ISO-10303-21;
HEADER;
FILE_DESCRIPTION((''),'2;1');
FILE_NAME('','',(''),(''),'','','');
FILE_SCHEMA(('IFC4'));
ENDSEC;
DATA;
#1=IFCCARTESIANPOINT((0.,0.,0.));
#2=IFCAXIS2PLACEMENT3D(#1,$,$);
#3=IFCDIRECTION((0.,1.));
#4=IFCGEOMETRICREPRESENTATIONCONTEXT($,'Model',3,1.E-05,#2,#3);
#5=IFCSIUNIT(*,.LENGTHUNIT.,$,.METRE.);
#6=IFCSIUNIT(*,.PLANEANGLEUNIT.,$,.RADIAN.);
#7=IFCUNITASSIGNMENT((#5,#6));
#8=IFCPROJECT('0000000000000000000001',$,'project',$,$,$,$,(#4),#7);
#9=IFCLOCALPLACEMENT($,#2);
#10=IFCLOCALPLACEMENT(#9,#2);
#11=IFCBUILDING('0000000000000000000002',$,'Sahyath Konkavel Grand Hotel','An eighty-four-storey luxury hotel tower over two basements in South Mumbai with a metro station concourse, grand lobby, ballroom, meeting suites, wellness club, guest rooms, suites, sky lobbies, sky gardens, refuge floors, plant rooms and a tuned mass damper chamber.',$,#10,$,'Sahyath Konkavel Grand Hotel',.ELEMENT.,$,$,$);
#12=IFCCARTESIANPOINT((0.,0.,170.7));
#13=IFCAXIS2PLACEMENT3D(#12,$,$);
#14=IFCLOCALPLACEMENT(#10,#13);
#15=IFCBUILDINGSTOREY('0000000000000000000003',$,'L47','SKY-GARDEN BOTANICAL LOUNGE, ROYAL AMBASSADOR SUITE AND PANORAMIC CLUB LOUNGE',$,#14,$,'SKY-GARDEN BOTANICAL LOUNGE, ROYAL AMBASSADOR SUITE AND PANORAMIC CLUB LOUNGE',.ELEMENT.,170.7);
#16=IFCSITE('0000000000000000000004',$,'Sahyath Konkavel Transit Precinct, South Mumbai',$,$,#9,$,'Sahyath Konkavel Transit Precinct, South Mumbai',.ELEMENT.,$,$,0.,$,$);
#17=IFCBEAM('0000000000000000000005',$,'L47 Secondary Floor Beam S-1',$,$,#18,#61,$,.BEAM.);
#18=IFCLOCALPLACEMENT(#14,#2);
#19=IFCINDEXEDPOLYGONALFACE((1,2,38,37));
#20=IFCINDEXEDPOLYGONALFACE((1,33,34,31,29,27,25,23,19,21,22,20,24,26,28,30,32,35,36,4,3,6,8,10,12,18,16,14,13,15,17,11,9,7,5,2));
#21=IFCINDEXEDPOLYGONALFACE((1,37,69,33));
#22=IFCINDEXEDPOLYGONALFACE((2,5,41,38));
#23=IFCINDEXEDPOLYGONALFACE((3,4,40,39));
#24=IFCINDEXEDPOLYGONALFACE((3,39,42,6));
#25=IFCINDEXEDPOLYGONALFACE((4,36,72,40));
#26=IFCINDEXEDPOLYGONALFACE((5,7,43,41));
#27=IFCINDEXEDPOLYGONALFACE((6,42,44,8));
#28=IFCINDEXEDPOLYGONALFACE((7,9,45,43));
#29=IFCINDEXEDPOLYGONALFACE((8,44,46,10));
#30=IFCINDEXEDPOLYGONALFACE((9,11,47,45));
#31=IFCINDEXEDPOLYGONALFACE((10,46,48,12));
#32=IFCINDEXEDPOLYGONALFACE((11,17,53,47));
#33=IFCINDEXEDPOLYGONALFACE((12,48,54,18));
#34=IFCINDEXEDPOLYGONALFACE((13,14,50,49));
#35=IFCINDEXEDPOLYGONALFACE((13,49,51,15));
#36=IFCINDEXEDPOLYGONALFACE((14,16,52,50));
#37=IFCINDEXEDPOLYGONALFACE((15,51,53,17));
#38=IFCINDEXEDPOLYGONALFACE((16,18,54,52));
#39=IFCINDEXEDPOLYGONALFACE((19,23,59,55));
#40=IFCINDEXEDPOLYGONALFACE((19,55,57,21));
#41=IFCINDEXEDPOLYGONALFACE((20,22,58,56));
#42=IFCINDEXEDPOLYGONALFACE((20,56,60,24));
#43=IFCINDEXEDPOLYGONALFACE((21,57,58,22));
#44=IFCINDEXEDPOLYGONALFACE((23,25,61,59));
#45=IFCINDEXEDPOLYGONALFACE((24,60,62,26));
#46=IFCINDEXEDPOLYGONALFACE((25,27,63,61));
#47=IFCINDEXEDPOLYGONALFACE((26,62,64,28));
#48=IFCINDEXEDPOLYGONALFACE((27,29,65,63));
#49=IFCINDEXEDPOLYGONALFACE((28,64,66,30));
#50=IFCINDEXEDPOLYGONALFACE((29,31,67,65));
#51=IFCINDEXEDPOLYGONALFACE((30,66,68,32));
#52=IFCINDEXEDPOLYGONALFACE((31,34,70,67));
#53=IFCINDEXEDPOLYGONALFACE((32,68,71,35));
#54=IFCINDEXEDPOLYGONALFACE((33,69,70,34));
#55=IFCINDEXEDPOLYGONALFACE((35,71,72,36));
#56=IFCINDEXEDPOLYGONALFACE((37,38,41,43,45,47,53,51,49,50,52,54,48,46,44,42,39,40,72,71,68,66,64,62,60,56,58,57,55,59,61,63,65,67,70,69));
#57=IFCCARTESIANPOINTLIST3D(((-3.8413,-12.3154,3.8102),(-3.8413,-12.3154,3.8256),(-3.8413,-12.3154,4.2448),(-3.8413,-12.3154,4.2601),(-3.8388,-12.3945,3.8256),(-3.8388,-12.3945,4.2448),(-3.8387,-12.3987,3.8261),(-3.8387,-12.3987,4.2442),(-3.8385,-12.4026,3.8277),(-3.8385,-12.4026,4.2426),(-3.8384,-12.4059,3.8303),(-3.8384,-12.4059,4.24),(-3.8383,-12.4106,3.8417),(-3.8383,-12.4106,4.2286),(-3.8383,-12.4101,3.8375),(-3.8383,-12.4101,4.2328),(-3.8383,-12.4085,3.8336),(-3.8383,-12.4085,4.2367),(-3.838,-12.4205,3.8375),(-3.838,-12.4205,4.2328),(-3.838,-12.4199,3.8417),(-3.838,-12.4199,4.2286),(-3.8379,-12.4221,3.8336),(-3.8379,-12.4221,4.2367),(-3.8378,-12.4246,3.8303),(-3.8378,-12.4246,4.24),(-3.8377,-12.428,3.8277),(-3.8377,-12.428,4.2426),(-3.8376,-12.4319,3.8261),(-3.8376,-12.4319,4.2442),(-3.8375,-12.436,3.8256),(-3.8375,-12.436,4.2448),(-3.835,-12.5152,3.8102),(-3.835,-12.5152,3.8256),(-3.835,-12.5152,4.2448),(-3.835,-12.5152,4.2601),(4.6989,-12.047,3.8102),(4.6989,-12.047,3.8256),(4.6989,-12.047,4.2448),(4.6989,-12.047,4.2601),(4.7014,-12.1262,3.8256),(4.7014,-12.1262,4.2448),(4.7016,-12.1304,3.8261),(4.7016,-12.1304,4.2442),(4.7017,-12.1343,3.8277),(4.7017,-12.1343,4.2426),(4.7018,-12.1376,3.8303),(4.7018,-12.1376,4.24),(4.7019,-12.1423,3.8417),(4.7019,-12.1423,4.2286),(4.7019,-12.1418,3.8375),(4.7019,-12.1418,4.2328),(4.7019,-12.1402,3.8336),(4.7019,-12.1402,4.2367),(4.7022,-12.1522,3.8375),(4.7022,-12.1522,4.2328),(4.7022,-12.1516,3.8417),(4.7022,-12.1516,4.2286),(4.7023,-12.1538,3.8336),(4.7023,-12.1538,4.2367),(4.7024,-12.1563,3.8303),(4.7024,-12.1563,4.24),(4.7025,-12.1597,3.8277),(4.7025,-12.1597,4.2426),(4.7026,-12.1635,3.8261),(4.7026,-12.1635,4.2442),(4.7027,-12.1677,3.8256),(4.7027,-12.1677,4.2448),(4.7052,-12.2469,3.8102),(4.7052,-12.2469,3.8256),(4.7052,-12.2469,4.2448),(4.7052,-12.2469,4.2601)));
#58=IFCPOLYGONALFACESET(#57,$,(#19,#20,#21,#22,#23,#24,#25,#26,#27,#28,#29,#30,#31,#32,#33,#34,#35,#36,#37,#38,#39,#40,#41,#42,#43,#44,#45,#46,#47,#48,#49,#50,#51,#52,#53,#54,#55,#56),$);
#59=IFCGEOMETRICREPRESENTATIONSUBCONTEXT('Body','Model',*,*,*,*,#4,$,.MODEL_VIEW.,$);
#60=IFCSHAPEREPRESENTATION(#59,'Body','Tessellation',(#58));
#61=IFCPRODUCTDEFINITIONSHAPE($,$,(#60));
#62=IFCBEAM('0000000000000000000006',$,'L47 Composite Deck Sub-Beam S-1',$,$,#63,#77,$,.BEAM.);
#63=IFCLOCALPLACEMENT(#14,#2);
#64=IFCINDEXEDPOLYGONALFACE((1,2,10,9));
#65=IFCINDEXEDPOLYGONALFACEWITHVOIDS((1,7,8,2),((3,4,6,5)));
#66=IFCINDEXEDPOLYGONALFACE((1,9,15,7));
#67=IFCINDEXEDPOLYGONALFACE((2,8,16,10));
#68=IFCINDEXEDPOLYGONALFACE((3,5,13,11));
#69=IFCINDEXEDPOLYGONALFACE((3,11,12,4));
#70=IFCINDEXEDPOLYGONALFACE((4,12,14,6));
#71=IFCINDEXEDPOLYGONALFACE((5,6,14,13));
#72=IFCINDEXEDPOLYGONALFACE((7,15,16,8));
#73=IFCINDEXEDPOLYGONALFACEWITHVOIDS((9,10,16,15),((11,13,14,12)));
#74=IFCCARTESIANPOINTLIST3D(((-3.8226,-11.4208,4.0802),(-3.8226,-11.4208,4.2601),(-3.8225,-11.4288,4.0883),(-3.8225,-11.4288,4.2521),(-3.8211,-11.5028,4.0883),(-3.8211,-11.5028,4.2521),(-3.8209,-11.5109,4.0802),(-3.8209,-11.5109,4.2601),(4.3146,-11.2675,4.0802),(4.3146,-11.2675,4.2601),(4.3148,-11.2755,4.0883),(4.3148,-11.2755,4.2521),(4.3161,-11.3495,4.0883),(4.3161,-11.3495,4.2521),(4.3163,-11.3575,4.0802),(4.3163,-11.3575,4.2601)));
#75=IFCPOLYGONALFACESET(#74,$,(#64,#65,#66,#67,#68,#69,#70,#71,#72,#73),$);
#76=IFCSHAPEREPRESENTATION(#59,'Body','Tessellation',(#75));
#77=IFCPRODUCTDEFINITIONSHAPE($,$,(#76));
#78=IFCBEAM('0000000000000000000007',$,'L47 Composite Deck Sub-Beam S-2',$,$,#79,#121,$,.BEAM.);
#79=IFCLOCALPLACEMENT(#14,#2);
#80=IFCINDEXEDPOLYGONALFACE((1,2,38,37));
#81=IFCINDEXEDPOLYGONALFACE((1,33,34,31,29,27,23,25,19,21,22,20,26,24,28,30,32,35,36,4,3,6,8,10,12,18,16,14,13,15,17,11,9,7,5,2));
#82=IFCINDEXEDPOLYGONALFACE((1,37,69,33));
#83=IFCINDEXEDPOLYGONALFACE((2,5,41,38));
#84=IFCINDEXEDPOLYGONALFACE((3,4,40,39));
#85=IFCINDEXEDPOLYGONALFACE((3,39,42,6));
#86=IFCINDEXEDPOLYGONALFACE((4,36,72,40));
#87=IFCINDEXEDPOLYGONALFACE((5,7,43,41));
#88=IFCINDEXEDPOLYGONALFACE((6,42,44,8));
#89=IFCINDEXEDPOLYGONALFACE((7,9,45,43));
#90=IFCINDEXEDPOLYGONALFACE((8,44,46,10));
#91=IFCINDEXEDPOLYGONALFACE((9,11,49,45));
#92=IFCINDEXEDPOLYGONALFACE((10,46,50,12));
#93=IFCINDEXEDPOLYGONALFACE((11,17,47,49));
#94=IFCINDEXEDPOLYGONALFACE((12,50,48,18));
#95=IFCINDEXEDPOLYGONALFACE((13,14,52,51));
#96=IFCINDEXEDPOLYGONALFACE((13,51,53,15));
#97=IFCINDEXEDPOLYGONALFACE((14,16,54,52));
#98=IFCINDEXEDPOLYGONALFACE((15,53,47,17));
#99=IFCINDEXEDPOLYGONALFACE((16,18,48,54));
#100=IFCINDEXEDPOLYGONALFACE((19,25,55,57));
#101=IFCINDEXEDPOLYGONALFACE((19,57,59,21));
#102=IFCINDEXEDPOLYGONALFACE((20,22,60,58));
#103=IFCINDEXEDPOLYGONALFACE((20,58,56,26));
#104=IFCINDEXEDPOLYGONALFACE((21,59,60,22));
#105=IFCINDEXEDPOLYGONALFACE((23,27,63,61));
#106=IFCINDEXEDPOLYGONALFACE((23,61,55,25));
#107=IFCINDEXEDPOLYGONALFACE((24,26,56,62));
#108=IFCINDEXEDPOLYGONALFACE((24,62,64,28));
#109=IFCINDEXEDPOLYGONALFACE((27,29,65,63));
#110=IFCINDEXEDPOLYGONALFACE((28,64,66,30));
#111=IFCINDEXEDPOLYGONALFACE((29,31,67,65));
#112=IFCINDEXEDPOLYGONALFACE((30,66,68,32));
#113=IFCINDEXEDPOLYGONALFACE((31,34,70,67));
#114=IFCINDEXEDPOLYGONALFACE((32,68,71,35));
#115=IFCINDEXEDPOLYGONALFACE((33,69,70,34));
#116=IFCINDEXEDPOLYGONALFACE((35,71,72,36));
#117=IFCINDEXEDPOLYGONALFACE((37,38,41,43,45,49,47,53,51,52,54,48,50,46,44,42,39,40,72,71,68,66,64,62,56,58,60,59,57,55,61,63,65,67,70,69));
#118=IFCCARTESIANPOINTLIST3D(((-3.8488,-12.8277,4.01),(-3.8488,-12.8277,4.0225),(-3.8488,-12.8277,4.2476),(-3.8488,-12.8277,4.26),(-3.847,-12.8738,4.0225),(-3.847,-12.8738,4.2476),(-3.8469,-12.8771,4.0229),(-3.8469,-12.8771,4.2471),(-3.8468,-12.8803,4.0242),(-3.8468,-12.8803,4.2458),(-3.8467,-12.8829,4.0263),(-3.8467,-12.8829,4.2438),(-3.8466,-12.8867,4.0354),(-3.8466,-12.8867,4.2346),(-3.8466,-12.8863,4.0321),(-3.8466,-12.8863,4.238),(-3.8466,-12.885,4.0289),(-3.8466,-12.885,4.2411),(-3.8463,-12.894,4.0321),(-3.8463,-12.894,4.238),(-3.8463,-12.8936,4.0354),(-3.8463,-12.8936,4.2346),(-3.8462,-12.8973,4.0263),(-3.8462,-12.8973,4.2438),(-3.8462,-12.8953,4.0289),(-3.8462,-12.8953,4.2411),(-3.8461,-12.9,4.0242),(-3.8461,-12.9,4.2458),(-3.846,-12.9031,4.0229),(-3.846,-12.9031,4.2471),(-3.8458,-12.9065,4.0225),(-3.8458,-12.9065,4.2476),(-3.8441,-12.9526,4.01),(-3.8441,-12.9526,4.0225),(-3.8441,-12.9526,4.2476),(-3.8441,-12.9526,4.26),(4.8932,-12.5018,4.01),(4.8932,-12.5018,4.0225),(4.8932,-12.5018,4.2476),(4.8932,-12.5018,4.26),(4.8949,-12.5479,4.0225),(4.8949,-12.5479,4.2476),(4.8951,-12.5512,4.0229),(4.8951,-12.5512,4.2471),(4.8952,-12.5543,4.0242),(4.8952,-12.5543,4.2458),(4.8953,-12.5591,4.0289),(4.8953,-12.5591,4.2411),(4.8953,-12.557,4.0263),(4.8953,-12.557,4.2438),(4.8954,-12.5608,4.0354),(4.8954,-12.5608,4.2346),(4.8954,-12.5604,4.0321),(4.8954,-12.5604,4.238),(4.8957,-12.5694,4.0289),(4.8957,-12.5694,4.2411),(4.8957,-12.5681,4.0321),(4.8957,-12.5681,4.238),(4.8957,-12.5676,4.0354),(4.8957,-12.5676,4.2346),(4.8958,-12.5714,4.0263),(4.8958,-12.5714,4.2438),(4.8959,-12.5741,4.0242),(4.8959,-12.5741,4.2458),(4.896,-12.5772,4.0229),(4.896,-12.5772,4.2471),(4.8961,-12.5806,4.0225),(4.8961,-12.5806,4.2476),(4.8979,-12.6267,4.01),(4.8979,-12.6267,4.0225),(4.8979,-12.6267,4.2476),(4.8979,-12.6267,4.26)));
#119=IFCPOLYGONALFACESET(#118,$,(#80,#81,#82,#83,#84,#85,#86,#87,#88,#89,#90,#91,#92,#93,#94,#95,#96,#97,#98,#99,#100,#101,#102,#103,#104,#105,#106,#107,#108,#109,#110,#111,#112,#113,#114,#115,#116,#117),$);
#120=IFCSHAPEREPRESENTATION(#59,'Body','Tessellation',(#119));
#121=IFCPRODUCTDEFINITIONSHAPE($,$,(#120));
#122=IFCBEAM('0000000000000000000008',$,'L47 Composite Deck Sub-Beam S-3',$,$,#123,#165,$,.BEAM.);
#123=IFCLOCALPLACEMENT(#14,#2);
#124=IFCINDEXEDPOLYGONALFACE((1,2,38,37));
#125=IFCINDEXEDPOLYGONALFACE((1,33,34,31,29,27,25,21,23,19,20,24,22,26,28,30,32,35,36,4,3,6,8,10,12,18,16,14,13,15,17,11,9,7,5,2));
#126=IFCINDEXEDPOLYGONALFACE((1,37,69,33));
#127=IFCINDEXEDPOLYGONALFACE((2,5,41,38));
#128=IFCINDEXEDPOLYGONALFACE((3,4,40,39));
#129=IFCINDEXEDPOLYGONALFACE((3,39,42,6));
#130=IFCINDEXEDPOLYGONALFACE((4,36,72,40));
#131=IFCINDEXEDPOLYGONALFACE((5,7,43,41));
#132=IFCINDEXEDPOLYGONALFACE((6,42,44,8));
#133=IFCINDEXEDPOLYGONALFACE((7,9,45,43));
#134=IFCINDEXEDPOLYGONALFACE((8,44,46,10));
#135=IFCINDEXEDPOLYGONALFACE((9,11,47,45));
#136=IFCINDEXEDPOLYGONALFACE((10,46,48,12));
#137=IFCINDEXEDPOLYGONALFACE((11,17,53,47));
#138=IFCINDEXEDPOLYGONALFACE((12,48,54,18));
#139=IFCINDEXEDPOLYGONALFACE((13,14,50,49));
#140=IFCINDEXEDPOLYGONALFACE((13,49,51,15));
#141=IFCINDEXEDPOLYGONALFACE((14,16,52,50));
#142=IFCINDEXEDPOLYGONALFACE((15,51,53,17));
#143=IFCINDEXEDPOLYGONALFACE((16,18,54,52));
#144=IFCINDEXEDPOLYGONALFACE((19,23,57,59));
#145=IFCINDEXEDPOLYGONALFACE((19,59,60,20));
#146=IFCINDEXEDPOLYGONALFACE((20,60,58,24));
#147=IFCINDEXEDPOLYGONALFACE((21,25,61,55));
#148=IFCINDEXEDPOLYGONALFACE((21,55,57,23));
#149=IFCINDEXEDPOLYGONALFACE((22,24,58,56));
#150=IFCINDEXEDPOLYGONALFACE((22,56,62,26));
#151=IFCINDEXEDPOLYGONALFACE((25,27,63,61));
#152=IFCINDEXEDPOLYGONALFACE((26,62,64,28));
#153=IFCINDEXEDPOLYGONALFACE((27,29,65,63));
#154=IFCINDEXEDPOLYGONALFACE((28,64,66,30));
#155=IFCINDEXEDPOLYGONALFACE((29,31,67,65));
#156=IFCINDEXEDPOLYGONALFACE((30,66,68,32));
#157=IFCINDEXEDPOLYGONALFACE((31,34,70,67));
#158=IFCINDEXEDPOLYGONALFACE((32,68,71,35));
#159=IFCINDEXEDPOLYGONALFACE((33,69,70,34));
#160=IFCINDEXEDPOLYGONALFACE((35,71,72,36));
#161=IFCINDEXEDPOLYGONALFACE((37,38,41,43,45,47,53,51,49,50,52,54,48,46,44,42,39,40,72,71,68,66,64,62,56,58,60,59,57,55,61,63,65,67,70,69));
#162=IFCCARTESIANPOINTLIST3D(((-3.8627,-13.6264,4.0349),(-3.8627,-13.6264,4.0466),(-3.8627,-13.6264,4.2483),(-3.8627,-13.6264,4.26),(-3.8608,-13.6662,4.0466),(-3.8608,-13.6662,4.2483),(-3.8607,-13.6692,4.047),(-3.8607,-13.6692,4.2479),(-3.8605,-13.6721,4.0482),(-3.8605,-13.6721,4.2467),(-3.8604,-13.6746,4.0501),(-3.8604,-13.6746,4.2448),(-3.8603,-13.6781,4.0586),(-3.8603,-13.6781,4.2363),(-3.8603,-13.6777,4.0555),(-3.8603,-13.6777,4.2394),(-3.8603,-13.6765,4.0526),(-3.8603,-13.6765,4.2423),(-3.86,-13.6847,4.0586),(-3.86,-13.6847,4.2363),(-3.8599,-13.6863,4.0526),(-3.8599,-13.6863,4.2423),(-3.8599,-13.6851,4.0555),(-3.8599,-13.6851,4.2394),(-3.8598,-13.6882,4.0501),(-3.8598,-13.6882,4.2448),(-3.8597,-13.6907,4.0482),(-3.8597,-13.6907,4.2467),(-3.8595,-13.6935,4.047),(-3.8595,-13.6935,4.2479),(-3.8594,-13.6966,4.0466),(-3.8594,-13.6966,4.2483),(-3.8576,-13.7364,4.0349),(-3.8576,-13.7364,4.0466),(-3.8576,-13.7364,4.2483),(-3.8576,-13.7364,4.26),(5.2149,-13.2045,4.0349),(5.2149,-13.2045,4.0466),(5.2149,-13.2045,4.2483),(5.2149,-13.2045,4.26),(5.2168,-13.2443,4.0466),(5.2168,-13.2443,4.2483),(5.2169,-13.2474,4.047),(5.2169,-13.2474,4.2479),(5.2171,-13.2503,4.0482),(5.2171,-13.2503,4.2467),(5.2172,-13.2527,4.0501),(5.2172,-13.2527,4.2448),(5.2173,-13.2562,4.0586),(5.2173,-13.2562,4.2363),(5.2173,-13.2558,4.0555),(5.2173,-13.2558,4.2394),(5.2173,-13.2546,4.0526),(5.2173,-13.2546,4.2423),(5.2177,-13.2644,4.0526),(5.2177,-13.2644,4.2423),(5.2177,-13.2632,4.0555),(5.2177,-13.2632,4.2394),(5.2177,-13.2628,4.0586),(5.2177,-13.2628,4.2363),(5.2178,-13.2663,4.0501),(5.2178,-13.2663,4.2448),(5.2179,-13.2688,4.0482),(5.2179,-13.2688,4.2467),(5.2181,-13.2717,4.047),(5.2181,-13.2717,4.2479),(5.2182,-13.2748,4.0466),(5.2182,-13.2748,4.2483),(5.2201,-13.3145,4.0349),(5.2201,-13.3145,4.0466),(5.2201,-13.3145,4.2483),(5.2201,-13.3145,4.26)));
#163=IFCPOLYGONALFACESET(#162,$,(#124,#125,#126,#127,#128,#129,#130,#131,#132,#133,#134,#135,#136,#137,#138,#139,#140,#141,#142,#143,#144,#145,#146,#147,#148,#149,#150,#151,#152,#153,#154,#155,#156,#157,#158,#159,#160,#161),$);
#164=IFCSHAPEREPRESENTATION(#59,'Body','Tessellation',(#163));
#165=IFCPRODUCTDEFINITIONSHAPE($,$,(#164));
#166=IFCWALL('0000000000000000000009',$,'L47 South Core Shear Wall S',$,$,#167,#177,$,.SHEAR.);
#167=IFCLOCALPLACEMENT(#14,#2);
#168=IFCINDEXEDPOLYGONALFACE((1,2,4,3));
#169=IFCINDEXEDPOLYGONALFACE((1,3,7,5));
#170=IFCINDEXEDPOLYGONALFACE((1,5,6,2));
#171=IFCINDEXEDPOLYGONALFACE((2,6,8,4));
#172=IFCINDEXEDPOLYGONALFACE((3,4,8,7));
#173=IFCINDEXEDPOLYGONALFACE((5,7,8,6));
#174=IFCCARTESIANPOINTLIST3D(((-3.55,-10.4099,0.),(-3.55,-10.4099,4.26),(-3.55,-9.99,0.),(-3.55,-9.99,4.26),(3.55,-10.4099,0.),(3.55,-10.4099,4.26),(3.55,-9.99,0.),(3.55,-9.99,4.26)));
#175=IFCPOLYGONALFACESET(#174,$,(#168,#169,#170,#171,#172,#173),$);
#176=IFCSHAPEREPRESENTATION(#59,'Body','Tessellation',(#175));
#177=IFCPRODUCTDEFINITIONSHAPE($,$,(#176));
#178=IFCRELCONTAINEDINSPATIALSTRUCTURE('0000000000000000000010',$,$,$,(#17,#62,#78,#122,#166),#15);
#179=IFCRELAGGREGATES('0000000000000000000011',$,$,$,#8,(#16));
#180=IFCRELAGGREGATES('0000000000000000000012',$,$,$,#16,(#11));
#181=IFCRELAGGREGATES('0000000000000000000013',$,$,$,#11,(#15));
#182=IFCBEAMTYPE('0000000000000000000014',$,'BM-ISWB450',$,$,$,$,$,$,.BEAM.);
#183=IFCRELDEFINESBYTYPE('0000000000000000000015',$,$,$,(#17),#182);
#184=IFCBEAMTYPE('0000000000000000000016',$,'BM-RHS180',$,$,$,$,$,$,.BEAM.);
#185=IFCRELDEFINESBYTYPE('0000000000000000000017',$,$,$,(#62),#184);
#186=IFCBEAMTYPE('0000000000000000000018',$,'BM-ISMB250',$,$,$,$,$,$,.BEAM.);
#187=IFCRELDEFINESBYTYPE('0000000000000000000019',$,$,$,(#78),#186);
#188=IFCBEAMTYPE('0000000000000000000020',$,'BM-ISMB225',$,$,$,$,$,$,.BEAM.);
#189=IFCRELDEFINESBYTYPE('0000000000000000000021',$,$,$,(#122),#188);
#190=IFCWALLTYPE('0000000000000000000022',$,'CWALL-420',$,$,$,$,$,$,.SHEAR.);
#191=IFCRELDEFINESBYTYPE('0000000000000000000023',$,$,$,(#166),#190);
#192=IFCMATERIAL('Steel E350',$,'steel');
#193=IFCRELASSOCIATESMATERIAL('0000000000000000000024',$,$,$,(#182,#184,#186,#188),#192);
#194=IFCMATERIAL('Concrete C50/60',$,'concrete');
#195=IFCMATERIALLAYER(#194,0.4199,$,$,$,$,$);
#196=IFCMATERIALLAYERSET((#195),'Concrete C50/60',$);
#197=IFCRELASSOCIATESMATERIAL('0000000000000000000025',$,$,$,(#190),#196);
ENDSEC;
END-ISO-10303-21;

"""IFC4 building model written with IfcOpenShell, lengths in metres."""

from ifc_helpers import new_model, si_unit, direction, frame, frame_2d, origin, origin_2d, place, context, subcontext, project, spatial, rectangle, hollow_rectangle, i_section, extrude, source, transform, mapped, material, layer, layer_set, material_profile, profile_set, type_object, element, save


model = new_model("IFC4")

# Units and contexts
model_context = context("Model", 3, precision=1e-05, world=origin(), true_north=direction((0.0, 1.0)))
body_context = subcontext(model_context, "Body", "Model", "MODEL_VIEW")
ifc_project = project(units=[si_unit("LENGTHUNIT", "METRE"), si_unit("PLANEANGLEUNIT", "RADIAN")], contexts=[model_context])

# Site, building, storey
site_placement = place(None, origin())
site = spatial("IfcSite", under=ifc_project, at=site_placement, Name="Sahyath Konkavel Transit Precinct, South Mumbai", LongName="Sahyath Konkavel Transit Precinct, South Mumbai", CompositionType="ELEMENT", RefElevation=0.0)
building_placement = place(site_placement, origin())
building = spatial("IfcBuilding", under=site, at=building_placement, Name="Sahyath Konkavel Grand Hotel", Description="An eighty-four-storey luxury hotel tower over two basements in South Mumbai with a metro station concourse, grand lobby, ballroom, meeting suites, wellness club, guest rooms, suites, sky lobbies, sky gardens, refuge floors, plant rooms and a tuned mass damper chamber.", LongName="Sahyath Konkavel Grand Hotel", CompositionType="ELEMENT")
storey_placement = place(building_placement, frame((0.0, 0.0, 170.7)))
storey = spatial("IfcBuildingStorey", under=building, at=storey_placement, Name="L47", Description="SKY-GARDEN BOTANICAL LOUNGE, ROYAL AMBASSADOR SUITE AND PANORAMIC CLUB LOUNGE", LongName="SKY-GARDEN BOTANICAL LOUNGE, ROYAL AMBASSADOR SUITE AND PANORAMIC CLUB LOUNGE", CompositionType="ELEMENT", Elevation=170.7)

# Shared definitions
ifc_material_1 = material(Name="Concrete C50/60", Category="concrete")

# Beams
ifc_material_2 = material(Name="Steel E350", Category="steel")
ifc_material_profile_1 = material_profile(ifc_material_2, i_section(OverallWidth=0.2, OverallDepth=0.45, WebThickness=0.0093, FlangeThickness=0.0154, FilletRadius=0.0161, at=origin_2d()), Name="ISWB 450")
ifc_profile_set_1 = profile_set([ifc_material_profile_1], Name="Steel E350")
beam_type_1 = type_object("IfcBeamType", Name="BM-ISWB450", PredefinedType="BEAM", material=ifc_profile_set_1)
shared_shape_1 = source(origin(), body_context, "Body", "SweptSolid", [
    extrude(i_section(OverallWidth=0.2, OverallDepth=0.45, WebThickness=0.0093, FlangeThickness=0.0154, FilletRadius=0.0161, at=origin_2d()), origin(), (0.0, 0.0, 1.0), 8.5444),
])
beam_1_placement = place(storey_placement, frame((-3.8381, -12.4153, 4.0352), z_axis=(0.999507, 0.031402, 0.0), x_axis=(-0.031402, 0.999507, 0.0)))
element("IfcBeam", 1, at=beam_1_placement, inside=storey, type_object=beam_type_1, Name="L47 Secondary Floor Beam S-1", PredefinedType="BEAM", context=body_context, shape_type="MappedRepresentation", body=[
    mapped(shared_shape_1, transform((0.0, 0.0, 0.0), scale=1.0)),
])
ifc_material_profile_2 = material_profile(ifc_material_2, hollow_rectangle(XDim=0.0901, YDim=0.1799, WallThickness=0.0081, at=origin_2d()), Name="RHS 180x90x8")
ifc_profile_set_2 = profile_set([ifc_material_profile_2], Name="Steel E350")
beam_type_2 = type_object("IfcBeamType", Name="BM-RHS180", PredefinedType="BEAM", material=ifc_profile_set_2)
shared_shape_2 = source(origin(), body_context, "Body", "SweptSolid", [
    extrude(hollow_rectangle(XDim=0.0901, YDim=0.1799, WallThickness=0.0081, at=origin_2d()), origin(), (0.0, 0.0, 1.0), 8.1387),
])
beam_2_placement = place(storey_placement, frame((-3.8218, -11.4658, 4.1702), z_axis=(0.999823, 0.018839, 0.0), x_axis=(-0.018839, 0.999823, 0.0)))
element("IfcBeam", 2, at=beam_2_placement, inside=storey, type_object=beam_type_2, Name="L47 Composite Deck Sub-Beam S-1", PredefinedType="BEAM", context=body_context, shape_type="MappedRepresentation", body=[
    mapped(shared_shape_2, transform((0.0, 0.0, 0.0), scale=1.0)),
])
ifc_material_profile_3 = material_profile(ifc_material_2, i_section(OverallWidth=0.125, OverallDepth=0.25, WebThickness=0.0068, FlangeThickness=0.0125, FilletRadius=0.0129, at=origin_2d()), Name="ISMB 250")
ifc_profile_set_3 = profile_set([ifc_material_profile_3], Name="Steel E350")
beam_type_3 = type_object("IfcBeamType", Name="BM-ISMB250", PredefinedType="BEAM", material=ifc_profile_set_3)
shared_shape_3 = source(origin(), body_context, "Body", "SweptSolid", [
    extrude(i_section(OverallWidth=0.125, OverallDepth=0.25, WebThickness=0.0068, FlangeThickness=0.0125, FilletRadius=0.0129, at=origin_2d()), origin(), (0.0, 0.0, 1.0), 8.748),
])
beam_3_placement = place(storey_placement, frame((-3.8464, -12.8901, 4.135), z_axis=(0.999306, 0.037257, 0.0), x_axis=(-0.037257, 0.999306, 0.0)))
element("IfcBeam", 3, at=beam_3_placement, inside=storey, type_object=beam_type_3, Name="L47 Composite Deck Sub-Beam S-2", PredefinedType="BEAM", context=body_context, shape_type="MappedRepresentation", body=[
    mapped(shared_shape_3, transform((0.0, 0.0, 0.0), scale=1.0)),
])
ifc_material_profile_4 = material_profile(ifc_material_2, i_section(OverallWidth=0.1101, OverallDepth=0.2251, WebThickness=0.0066, FlangeThickness=0.0117, FilletRadius=0.012, at=origin_2d()), Name="ISMB 225")
ifc_profile_set_4 = profile_set([ifc_material_profile_4], Name="Steel E350")
beam_type_4 = type_object("IfcBeamType", Name="BM-ISMB225", PredefinedType="BEAM", material=ifc_profile_set_4)
shared_shape_4 = source(origin(), body_context, "Body", "SweptSolid", [
    extrude(i_section(OverallWidth=0.1101, OverallDepth=0.2251, WebThickness=0.0066, FlangeThickness=0.0117, FilletRadius=0.012, at=origin_2d()), origin(), (0.0, 0.0, 1.0), 9.0874),
])
beam_4_placement = place(storey_placement, frame((-3.8601, -13.6814, 4.1475), z_axis=(0.998922, 0.046424, 0.0), x_axis=(-0.046424, 0.998922, 0.0)))
element("IfcBeam", 4, at=beam_4_placement, inside=storey, type_object=beam_type_4, Name="L47 Composite Deck Sub-Beam S-3", PredefinedType="BEAM", context=body_context, shape_type="MappedRepresentation", body=[
    mapped(shared_shape_4, transform((0.0, 0.0, 0.0), scale=1.0)),
])

# Wall
ifc_layer_1 = layer(ifc_material_1, 0.4199)
ifc_layer_set_1 = layer_set([ifc_layer_1], Name="Concrete C50/60")
wall_type_1 = type_object("IfcWallType", Name="CWALL-420", PredefinedType="SHEAR", material=ifc_layer_set_1)
wall_1_placement = place(storey_placement, frame((-3.55, -10.2, 0.0), z_axis=(0.0, 0.0, 1.0), x_axis=(1.0, 0.0, 0.0)))
element("IfcWall", 5, at=wall_1_placement, inside=storey, type_object=wall_type_1, Name="L47 South Core Shear Wall S", PredefinedType="SHEAR", context=body_context, shape_type="SweptSolid", body=[
    extrude(rectangle(XDim=7.1001, YDim=0.4199, at=frame_2d((3.55, 0.0))), origin(), (0.0, 0.0, 1.0), 4.26),
])

save(model, "model.ifc")
